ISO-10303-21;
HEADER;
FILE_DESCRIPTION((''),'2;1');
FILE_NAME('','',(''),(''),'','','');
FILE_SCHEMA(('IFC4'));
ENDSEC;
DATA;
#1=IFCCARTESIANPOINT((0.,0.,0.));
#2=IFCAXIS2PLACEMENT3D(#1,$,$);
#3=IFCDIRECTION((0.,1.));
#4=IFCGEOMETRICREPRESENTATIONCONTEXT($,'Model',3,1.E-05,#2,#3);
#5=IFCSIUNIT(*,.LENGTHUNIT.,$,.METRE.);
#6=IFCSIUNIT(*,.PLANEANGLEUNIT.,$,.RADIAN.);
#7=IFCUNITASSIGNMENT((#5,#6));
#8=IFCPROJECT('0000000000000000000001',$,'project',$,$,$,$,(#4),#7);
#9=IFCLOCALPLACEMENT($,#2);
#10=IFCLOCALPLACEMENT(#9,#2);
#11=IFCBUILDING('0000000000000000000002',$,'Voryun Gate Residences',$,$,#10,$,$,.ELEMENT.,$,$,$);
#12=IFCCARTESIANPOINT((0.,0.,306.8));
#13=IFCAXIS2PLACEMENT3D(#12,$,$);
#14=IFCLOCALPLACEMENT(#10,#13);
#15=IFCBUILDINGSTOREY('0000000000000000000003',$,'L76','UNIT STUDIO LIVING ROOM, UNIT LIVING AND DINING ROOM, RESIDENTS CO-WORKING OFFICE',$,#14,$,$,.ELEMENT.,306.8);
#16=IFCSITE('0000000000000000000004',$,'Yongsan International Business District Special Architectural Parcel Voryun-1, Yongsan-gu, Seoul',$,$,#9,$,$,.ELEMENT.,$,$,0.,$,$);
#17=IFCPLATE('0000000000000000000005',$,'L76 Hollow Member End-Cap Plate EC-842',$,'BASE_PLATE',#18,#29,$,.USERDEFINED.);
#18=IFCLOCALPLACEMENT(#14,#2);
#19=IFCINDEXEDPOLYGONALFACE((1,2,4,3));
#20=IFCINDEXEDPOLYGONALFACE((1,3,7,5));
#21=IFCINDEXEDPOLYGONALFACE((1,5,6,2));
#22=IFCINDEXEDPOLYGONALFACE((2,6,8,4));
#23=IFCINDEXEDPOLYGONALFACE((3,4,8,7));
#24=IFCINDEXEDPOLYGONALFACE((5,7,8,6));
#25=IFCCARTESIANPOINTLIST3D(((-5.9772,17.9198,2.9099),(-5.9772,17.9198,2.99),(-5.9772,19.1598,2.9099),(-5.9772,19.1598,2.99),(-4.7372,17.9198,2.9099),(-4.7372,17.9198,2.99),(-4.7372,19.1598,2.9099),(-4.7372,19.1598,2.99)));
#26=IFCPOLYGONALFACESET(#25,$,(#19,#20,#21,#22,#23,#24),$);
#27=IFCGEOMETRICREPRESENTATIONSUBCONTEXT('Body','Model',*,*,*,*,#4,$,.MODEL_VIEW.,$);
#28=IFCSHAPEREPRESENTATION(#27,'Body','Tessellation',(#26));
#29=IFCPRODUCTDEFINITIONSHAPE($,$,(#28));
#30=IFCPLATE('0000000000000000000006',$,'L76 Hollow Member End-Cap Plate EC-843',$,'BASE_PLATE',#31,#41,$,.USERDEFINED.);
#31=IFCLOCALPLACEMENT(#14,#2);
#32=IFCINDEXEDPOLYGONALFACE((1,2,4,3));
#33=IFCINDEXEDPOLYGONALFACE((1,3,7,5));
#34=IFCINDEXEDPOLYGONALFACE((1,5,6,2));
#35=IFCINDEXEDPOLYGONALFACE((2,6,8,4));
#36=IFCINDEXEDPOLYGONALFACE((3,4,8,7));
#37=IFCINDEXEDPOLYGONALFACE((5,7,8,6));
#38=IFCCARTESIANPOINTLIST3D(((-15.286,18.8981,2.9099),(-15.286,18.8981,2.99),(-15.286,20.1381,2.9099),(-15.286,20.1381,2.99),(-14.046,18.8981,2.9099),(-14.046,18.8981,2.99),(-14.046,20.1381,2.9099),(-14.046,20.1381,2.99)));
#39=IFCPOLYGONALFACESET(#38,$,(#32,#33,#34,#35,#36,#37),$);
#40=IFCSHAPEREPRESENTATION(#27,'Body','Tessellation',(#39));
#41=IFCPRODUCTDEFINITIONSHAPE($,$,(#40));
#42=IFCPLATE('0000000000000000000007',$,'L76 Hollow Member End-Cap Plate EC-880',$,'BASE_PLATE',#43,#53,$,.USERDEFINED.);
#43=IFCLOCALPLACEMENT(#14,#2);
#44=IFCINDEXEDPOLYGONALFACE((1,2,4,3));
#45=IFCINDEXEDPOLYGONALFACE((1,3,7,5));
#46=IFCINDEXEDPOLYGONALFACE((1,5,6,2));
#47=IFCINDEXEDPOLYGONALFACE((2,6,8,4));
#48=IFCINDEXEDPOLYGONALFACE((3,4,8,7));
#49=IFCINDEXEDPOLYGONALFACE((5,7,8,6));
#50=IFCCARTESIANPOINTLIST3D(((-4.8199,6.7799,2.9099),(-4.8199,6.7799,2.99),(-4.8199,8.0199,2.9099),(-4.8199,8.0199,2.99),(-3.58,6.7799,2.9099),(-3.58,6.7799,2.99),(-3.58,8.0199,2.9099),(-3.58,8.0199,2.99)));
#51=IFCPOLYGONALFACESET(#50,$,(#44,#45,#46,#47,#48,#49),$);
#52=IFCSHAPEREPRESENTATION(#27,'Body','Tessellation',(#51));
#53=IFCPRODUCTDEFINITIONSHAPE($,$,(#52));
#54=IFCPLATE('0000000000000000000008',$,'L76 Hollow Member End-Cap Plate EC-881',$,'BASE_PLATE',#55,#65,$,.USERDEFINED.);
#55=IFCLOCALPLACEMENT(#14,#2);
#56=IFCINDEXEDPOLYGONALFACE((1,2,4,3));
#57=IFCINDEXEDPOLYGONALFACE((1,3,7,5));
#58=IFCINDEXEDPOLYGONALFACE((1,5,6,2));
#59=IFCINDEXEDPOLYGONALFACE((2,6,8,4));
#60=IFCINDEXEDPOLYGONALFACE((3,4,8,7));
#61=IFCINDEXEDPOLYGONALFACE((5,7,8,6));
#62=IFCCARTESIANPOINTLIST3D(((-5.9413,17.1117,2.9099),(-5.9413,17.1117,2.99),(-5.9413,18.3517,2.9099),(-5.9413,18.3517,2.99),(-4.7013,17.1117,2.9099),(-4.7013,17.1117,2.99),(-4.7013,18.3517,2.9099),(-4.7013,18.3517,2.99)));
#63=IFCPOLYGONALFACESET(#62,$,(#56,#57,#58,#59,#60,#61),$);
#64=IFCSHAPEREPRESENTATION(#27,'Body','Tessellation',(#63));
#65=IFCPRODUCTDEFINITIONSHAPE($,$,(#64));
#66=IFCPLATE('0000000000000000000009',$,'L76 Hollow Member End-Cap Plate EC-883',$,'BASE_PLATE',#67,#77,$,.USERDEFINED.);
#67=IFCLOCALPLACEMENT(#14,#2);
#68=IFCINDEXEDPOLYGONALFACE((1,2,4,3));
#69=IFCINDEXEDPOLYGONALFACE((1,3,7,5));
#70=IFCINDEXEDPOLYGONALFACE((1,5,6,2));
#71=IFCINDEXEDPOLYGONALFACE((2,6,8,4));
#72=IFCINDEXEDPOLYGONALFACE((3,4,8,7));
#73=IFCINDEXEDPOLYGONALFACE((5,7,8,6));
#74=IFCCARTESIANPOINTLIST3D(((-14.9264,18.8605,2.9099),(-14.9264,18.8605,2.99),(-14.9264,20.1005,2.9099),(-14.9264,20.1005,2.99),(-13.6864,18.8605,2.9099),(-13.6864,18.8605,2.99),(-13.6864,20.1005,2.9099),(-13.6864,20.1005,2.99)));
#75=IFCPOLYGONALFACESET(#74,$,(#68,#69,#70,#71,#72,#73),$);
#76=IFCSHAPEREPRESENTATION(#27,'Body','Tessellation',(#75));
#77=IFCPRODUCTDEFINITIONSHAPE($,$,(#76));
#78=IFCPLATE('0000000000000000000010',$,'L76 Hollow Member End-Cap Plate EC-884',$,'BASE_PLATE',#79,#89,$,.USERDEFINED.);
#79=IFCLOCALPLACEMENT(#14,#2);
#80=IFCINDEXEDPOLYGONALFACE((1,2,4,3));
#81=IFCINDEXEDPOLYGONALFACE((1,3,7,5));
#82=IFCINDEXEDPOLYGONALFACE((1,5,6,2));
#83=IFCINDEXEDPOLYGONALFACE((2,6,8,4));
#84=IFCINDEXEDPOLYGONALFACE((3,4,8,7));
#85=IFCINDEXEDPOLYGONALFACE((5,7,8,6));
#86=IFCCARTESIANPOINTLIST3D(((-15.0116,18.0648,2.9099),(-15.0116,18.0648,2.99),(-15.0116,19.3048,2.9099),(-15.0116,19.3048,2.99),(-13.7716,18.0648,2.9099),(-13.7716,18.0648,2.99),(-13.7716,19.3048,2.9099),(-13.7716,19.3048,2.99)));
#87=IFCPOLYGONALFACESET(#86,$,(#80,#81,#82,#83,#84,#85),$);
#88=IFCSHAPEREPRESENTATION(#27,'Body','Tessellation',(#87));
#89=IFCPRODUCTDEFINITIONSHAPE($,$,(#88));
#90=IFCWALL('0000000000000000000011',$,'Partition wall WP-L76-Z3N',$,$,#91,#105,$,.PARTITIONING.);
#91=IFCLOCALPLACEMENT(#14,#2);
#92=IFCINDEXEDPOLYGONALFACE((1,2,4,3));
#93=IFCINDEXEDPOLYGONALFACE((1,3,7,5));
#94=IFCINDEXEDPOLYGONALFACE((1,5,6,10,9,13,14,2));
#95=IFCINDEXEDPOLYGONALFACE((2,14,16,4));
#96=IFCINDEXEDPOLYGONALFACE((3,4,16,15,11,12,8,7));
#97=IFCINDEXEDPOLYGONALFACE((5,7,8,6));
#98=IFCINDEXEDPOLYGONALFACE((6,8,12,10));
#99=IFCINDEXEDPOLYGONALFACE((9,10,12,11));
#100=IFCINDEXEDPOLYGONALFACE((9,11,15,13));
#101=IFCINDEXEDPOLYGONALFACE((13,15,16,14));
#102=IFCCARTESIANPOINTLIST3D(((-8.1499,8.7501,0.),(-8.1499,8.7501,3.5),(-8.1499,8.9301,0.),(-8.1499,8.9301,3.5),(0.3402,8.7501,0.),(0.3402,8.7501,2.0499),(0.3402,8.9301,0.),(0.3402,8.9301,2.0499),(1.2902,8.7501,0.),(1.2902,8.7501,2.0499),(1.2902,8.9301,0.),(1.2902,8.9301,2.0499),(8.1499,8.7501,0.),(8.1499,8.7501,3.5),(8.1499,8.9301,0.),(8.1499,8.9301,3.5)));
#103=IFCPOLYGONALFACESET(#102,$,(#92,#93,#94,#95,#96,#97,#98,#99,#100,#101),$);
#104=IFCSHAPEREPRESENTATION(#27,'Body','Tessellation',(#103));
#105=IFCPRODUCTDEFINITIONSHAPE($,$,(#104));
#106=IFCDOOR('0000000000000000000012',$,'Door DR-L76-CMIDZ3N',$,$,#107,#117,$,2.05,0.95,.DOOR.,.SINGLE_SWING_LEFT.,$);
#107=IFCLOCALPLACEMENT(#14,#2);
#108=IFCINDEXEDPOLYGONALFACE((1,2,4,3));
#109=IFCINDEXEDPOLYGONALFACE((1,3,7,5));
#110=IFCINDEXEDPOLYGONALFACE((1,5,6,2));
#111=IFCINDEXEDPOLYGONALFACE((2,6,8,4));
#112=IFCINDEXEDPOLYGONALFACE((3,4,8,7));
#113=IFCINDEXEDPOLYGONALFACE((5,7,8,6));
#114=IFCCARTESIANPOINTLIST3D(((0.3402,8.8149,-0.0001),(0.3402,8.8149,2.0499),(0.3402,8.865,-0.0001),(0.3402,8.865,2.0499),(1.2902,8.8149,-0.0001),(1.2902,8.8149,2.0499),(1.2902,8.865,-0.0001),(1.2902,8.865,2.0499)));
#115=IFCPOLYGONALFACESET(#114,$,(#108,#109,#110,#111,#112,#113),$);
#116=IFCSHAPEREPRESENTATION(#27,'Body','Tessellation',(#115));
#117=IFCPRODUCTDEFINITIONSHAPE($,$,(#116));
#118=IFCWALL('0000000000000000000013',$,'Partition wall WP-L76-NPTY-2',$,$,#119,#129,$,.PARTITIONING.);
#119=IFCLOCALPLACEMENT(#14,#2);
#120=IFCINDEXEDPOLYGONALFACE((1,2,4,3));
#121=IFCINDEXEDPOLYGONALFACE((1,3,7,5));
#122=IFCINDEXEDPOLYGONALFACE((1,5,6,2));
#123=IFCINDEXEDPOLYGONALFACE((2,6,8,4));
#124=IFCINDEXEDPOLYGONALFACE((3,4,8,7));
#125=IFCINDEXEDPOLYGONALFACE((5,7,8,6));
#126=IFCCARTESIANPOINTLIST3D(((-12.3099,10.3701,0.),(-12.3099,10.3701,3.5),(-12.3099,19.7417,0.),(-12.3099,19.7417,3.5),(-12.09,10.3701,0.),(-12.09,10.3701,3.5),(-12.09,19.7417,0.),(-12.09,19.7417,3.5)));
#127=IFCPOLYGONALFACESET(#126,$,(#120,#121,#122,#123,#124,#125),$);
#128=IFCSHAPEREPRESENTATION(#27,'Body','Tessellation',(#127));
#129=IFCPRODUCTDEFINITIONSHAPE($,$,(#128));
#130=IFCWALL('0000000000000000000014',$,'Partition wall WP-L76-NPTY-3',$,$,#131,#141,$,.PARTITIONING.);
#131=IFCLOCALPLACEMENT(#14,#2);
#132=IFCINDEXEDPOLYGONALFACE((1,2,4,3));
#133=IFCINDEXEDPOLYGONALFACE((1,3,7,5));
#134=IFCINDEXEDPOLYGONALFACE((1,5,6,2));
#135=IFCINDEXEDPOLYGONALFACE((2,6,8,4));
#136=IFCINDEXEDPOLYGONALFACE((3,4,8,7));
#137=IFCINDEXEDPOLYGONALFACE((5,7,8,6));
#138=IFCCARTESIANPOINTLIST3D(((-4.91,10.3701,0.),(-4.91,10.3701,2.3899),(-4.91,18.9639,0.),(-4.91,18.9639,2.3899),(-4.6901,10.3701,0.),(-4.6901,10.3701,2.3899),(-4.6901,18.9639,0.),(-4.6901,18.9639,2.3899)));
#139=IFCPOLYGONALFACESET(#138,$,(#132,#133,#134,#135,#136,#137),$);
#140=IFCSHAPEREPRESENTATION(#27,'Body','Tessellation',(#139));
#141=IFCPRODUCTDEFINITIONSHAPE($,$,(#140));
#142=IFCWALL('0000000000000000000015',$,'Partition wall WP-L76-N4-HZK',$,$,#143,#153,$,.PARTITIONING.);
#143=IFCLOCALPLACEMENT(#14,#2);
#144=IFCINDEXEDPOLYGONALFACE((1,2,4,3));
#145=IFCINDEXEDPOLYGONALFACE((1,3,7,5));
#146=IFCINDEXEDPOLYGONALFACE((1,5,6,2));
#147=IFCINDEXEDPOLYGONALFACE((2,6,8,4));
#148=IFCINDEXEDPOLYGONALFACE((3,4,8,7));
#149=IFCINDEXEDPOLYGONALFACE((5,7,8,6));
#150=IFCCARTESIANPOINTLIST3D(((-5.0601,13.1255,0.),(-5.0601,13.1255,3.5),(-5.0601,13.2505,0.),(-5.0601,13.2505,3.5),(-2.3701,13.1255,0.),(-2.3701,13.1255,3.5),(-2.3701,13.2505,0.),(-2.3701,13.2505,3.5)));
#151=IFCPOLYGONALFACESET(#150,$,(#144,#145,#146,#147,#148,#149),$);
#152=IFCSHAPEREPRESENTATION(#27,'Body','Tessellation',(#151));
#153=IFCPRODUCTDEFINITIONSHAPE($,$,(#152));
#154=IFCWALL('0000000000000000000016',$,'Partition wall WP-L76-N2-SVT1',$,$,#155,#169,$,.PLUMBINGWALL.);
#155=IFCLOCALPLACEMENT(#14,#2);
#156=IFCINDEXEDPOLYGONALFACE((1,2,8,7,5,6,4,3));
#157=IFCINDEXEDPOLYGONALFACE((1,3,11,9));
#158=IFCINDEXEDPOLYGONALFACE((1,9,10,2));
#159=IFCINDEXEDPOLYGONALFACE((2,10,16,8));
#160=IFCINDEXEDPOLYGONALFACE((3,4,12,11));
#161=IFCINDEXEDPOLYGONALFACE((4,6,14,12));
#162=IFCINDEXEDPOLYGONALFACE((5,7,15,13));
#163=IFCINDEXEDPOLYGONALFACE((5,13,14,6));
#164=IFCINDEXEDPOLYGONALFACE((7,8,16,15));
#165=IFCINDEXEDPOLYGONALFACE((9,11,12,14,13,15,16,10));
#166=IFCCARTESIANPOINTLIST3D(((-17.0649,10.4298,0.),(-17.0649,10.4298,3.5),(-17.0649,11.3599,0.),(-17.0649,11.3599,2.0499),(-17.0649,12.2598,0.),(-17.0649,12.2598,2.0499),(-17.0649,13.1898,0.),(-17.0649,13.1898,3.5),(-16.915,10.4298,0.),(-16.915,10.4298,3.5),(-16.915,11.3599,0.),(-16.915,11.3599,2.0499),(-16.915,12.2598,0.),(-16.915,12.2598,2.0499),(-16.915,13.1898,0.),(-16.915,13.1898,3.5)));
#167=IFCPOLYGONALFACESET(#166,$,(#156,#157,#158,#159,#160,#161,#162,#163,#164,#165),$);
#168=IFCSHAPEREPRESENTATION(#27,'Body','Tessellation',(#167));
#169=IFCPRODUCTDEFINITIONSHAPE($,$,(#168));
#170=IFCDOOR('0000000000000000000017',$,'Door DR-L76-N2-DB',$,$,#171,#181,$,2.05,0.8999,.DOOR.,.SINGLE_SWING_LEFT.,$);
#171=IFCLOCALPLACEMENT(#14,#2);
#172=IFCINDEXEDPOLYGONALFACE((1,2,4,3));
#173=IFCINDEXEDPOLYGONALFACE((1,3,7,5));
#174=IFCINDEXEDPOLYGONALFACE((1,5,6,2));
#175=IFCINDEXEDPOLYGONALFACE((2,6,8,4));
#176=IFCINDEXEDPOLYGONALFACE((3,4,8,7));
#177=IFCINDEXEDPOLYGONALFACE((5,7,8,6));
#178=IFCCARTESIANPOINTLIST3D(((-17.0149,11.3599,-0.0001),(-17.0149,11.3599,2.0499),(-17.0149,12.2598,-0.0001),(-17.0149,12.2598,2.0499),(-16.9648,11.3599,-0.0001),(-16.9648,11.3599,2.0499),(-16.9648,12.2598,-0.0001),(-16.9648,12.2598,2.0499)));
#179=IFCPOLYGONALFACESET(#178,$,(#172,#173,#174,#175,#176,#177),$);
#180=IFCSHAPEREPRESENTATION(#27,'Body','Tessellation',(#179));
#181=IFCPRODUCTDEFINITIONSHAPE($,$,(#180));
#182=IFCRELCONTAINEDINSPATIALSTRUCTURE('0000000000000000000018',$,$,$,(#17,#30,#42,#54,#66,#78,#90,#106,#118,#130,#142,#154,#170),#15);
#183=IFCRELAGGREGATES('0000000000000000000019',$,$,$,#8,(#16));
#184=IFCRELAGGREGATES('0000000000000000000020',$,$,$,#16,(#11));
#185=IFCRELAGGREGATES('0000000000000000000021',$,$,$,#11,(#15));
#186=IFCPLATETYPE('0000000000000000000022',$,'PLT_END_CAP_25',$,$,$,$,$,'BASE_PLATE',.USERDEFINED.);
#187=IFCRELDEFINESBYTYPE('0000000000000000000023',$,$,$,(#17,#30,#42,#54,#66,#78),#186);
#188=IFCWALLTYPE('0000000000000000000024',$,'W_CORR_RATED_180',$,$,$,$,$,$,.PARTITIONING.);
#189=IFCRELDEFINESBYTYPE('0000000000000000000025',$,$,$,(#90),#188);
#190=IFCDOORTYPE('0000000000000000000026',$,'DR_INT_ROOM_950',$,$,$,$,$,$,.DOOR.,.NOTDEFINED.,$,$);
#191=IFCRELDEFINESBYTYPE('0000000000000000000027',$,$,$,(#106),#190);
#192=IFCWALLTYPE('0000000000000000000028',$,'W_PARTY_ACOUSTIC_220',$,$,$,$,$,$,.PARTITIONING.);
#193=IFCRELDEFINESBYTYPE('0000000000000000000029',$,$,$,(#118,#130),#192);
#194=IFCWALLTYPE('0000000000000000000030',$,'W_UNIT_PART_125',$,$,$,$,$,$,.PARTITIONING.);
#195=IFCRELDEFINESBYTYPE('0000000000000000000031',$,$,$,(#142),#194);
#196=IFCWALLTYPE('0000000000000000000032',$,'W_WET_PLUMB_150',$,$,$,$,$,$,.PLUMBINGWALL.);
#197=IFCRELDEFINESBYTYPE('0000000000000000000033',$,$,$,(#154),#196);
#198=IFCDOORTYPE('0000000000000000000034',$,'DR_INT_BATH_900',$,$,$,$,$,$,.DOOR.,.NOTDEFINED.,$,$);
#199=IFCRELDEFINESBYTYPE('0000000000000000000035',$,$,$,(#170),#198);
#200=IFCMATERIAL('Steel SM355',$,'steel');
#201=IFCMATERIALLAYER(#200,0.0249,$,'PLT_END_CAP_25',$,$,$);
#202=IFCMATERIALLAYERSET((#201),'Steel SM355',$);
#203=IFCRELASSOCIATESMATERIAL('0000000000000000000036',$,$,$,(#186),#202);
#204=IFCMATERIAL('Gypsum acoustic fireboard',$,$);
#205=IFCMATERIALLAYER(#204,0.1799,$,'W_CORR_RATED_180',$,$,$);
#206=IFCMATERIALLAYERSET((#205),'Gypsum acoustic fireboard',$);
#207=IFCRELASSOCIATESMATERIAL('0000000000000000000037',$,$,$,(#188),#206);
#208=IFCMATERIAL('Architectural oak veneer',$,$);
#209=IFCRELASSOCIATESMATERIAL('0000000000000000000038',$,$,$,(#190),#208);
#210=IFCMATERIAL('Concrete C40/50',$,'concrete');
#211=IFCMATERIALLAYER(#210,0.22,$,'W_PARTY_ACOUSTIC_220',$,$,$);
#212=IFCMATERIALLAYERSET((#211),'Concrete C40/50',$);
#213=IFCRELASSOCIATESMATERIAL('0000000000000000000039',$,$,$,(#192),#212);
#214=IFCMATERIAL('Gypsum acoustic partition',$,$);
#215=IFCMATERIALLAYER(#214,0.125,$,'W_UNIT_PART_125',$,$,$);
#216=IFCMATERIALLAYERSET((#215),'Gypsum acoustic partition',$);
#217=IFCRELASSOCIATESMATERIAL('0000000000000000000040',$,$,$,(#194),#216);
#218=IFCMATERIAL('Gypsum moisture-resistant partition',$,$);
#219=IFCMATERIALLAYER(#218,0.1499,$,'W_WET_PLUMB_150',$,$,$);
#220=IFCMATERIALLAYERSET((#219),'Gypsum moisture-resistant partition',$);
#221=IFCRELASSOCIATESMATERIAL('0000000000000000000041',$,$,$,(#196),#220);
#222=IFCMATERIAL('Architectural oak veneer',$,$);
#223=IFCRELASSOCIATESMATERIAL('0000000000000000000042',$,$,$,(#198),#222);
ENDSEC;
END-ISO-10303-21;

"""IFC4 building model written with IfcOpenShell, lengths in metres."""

from ifc_helpers import new_model, si_unit, direction, frame, frame_2d, origin, origin_2d, place, context, subcontext, project, spatial, rectangle, extrude, material, layer, layer_set, type_object, element, fill, save


model = new_model("IFC4")

# Units and contexts
model_context = context("Model", 3, precision=1e-05, world=origin(), true_north=direction((0.0, 1.0)))
body_context = subcontext(model_context, "Body", "Model", "MODEL_VIEW")
ifc_project = project(units=[si_unit("LENGTHUNIT", "METRE"), si_unit("PLANEANGLEUNIT", "RADIAN")], contexts=[model_context])

# Site, building, storey
site_placement = place(None, origin())
site = spatial("IfcSite", under=ifc_project, at=site_placement, Name="Yongsan International Business District Special Architectural Parcel Voryun-1, Yongsan-gu, Seoul", CompositionType="ELEMENT", RefElevation=0.0)
building_placement = place(site_placement, origin())
building = spatial("IfcBuilding", under=site, at=building_placement, Name="Voryun Gate Residences", CompositionType="ELEMENT")
storey_placement = place(building_placement, frame((0.0, 0.0, 306.8)))
storey = spatial("IfcBuildingStorey", under=building, at=storey_placement, Name="L76", Description="UNIT STUDIO LIVING ROOM, UNIT LIVING AND DINING ROOM, RESIDENTS CO-WORKING OFFICE", CompositionType="ELEMENT", Elevation=306.8)

# Plates
ifc_material_1 = material(Name="Steel SM355", Category="steel")
ifc_layer_1 = layer(ifc_material_1, 0.0249, Name="PLT_END_CAP_25")
ifc_layer_set_1 = layer_set([ifc_layer_1], Name="Steel SM355")
plate_type = type_object("IfcPlateType", Name="PLT_END_CAP_25", ElementType="BASE_PLATE", PredefinedType="USERDEFINED", material=ifc_layer_set_1)
for number, where, z_axis, x_axis, name in (
    (1, (-5.3572, 18.5398, 2.9099), (0.0, 0.0, 1.0), (1.0, 0.0, 0.0), "L76 Hollow Member End-Cap Plate EC-842"),
    (2, (-14.666, 19.5181, 2.9099), (0.0, 0.0, 1.0), (1.0, 0.0, 0.0), "L76 Hollow Member End-Cap Plate EC-843"),
    (3, (-4.2, 7.3999, 2.9099), (0.0, 0.0, 1.0), (1.0, 0.0, 0.0), "L76 Hollow Member End-Cap Plate EC-880"),
    (4, (-5.3213, 17.7317, 2.9099), (0.0, 0.0, 1.0), (1.0, 0.0, 0.0), "L76 Hollow Member End-Cap Plate EC-881"),
    (5, (-14.3064, 19.4805, 2.9099), (0.0, 0.0, 1.0), (1.0, 0.0, 0.0), "L76 Hollow Member End-Cap Plate EC-883"),
    (6, (-14.3916, 18.6848, 2.9099), (0.0, 0.0, 1.0), (1.0, 0.0, 0.0), "L76 Hollow Member End-Cap Plate EC-884"),
):
    element("IfcPlate", number, at=place(storey_placement, frame(where, z_axis=z_axis, x_axis=x_axis)), inside=storey, type_object=plate_type, Name=name, ObjectType="BASE_PLATE", PredefinedType="USERDEFINED", context=body_context, shape_type="SweptSolid", body=[
        extrude(rectangle(XDim=1.24, YDim=1.24, at=origin_2d()), origin(), (0.0, 0.0, 1.0), 0.0801),
    ])

# Wall, opening, door
ifc_material_2 = material(Name="Gypsum acoustic fireboard")
ifc_layer_2 = layer(ifc_material_2, 0.1799, Name="W_CORR_RATED_180")
ifc_layer_set_2 = layer_set([ifc_layer_2], Name="Gypsum acoustic fireboard")
wall_type_1 = type_object("IfcWallType", Name="W_CORR_RATED_180", PredefinedType="PARTITIONING", material=ifc_layer_set_2)
wall_1_placement = place(storey_placement, frame((-8.1499, 8.8401, 0.0), z_axis=(0.0, 0.0, 1.0), x_axis=(1.0, 0.0, 0.0)))
wall_1 = element("IfcWall", 7, at=wall_1_placement, inside=storey, type_object=wall_type_1, Name="Partition wall WP-L76-Z3N", PredefinedType="PARTITIONING", context=body_context, shape_type="SweptSolid", body=[
    extrude(rectangle(XDim=16.2998, YDim=0.1799, at=frame_2d((8.1499, 0.0))), origin(), (0.0, 0.0, 1.0), 3.5),
])
opening_1_placement = place(wall_1_placement, frame((8.49, 0.0, 0.0)))
opening_1 = element("IfcOpeningElement", 8, at=opening_1_placement, cuts=wall_1, PredefinedType="OPENING", context=body_context, shape_type="SweptSolid", body=[
    extrude(rectangle(XDim=0.95, YDim=2.05, at=frame_2d((0.4751, 1.0249))), frame((0.0, 0.0999, 0.0), z_axis=(0.0, -1.0, 0.0), x_axis=(1.0, 0.0, 0.0)), (0.0, 0.0, 1.0), 0.2),
])
ifc_material_3 = material(Name="Architectural oak veneer")
door_type_1 = type_object("IfcDoorType", Name="DR_INT_ROOM_950", OperationType="NOTDEFINED", PredefinedType="DOOR", material=ifc_material_3)
door_1_placement = place(opening_1_placement, origin())
door_1 = element("IfcDoor", 9, at=door_1_placement, inside=storey, type_object=door_type_1, Name="Door DR-L76-CMIDZ3N", OperationType="SINGLE_SWING_LEFT", OverallHeight=2.05, OverallWidth=0.95, PredefinedType="DOOR", context=body_context, shape_type="SweptSolid", body=[
    extrude(rectangle(XDim=0.95, YDim=2.05, at=frame_2d((0.4751, 1.0249))), frame((0.0, 0.0249, 0.0), z_axis=(0.0, -1.0, 0.0), x_axis=(1.0, 0.0, 0.0)), (0.0, 0.0, 1.0), 0.05),
])
fill(opening_1, door_1)

# Walls
ifc_material_4 = material(Name="Concrete C40/50", Category="concrete")
ifc_layer_3 = layer(ifc_material_4, 0.22, Name="W_PARTY_ACOUSTIC_220")
ifc_layer_set_3 = layer_set([ifc_layer_3], Name="Concrete C40/50")
wall_type_2 = type_object("IfcWallType", Name="W_PARTY_ACOUSTIC_220", PredefinedType="PARTITIONING", material=ifc_layer_set_3)
wall_2_placement = place(storey_placement, frame((-12.2, 10.3701, 0.0), z_axis=(0.0, 0.0, 1.0), x_axis=(0.0, 1.0, 0.0)))
element("IfcWall", 10, at=wall_2_placement, inside=storey, type_object=wall_type_2, Name="Partition wall WP-L76-NPTY-2", PredefinedType="PARTITIONING", context=body_context, shape_type="SweptSolid", body=[
    extrude(rectangle(XDim=9.3716, YDim=0.22, at=frame_2d((4.6858, 0.0))), origin(), (0.0, 0.0, 1.0), 3.5),
])
wall_3_placement = place(storey_placement, frame((-4.8, 10.3701, 0.0), z_axis=(0.0, 0.0, 1.0), x_axis=(0.0, 1.0, 0.0)))
element("IfcWall", 11, at=wall_3_placement, inside=storey, type_object=wall_type_2, Name="Partition wall WP-L76-NPTY-3", PredefinedType="PARTITIONING", context=body_context, shape_type="SweptSolid", body=[
    extrude(rectangle(XDim=8.5938, YDim=0.22, at=frame_2d((4.2969, 0.0))), origin(), (0.0, 0.0, 1.0), 2.3899),
])
ifc_material_5 = material(Name="Gypsum acoustic partition")
ifc_layer_4 = layer(ifc_material_5, 0.125, Name="W_UNIT_PART_125")
ifc_layer_set_4 = layer_set([ifc_layer_4], Name="Gypsum acoustic partition")
wall_type_3 = type_object("IfcWallType", Name="W_UNIT_PART_125", PredefinedType="PARTITIONING", material=ifc_layer_set_4)
wall_4_placement = place(storey_placement, frame((-5.0601, 13.188, 0.0), z_axis=(0.0, 0.0, 1.0), x_axis=(1.0, 0.0, 0.0)))
element("IfcWall", 12, at=wall_4_placement, inside=storey, type_object=wall_type_3, Name="Partition wall WP-L76-N4-HZK", PredefinedType="PARTITIONING", context=body_context, shape_type="SweptSolid", body=[
    extrude(rectangle(XDim=2.6899, YDim=0.125, at=frame_2d((1.345, 0.0))), origin(), (0.0, 0.0, 1.0), 3.5),
])

# Wall, opening, door
ifc_material_6 = material(Name="Gypsum moisture-resistant partition")
ifc_layer_5 = layer(ifc_material_6, 0.1499, Name="W_WET_PLUMB_150")
ifc_layer_set_5 = layer_set([ifc_layer_5], Name="Gypsum moisture-resistant partition")
wall_type_4 = type_object("IfcWallType", Name="W_WET_PLUMB_150", PredefinedType="PLUMBINGWALL", material=ifc_layer_set_5)
wall_5_placement = place(storey_placement, frame((-16.99, 10.4299, 0.0), z_axis=(0.0, 0.0, 1.0), x_axis=(0.0, 1.0, 0.0)))
wall_5 = element("IfcWall", 13, at=wall_5_placement, inside=storey, type_object=wall_type_4, Name="Partition wall WP-L76-N2-SVT1", PredefinedType="PLUMBINGWALL", context=body_context, shape_type="SweptSolid", body=[
    extrude(rectangle(XDim=2.76, YDim=0.1499, at=frame_2d((1.3799, 0.0))), origin(), (0.0, 0.0, 1.0), 3.5),
])
opening_2_placement = place(wall_5_placement, frame((0.9299, 0.0, 0.0)))
opening_2 = element("IfcOpeningElement", 14, at=opening_2_placement, cuts=wall_5, PredefinedType="OPENING", context=body_context, shape_type="SweptSolid", body=[
    extrude(rectangle(XDim=0.8999, YDim=2.05, at=frame_2d((0.45, 1.0249))), frame((0.0, 0.085, 0.0), z_axis=(0.0, -1.0, 0.0), x_axis=(1.0, 0.0, 0.0)), (0.0, 0.0, 1.0), 0.1699),
])
ifc_material_7 = material(Name="Architectural oak veneer")
door_type_2 = type_object("IfcDoorType", Name="DR_INT_BATH_900", OperationType="NOTDEFINED", PredefinedType="DOOR", material=ifc_material_7)
door_2_placement = place(opening_2_placement, origin())
door_2 = element("IfcDoor", 15, at=door_2_placement, inside=storey, type_object=door_type_2, Name="Door DR-L76-N2-DB", OperationType="SINGLE_SWING_LEFT", OverallHeight=2.05, OverallWidth=0.8999, PredefinedType="DOOR", context=body_context, shape_type="SweptSolid", body=[
    extrude(rectangle(XDim=0.8999, YDim=2.05, at=frame_2d((0.45, 1.0249))), frame((0.0, 0.0249, 0.0), z_axis=(0.0, -1.0, 0.0), x_axis=(1.0, 0.0, 0.0)), (0.0, 0.0, 1.0), 0.05),
])
fill(opening_2, door_2)

save(model, "model.ifc")
